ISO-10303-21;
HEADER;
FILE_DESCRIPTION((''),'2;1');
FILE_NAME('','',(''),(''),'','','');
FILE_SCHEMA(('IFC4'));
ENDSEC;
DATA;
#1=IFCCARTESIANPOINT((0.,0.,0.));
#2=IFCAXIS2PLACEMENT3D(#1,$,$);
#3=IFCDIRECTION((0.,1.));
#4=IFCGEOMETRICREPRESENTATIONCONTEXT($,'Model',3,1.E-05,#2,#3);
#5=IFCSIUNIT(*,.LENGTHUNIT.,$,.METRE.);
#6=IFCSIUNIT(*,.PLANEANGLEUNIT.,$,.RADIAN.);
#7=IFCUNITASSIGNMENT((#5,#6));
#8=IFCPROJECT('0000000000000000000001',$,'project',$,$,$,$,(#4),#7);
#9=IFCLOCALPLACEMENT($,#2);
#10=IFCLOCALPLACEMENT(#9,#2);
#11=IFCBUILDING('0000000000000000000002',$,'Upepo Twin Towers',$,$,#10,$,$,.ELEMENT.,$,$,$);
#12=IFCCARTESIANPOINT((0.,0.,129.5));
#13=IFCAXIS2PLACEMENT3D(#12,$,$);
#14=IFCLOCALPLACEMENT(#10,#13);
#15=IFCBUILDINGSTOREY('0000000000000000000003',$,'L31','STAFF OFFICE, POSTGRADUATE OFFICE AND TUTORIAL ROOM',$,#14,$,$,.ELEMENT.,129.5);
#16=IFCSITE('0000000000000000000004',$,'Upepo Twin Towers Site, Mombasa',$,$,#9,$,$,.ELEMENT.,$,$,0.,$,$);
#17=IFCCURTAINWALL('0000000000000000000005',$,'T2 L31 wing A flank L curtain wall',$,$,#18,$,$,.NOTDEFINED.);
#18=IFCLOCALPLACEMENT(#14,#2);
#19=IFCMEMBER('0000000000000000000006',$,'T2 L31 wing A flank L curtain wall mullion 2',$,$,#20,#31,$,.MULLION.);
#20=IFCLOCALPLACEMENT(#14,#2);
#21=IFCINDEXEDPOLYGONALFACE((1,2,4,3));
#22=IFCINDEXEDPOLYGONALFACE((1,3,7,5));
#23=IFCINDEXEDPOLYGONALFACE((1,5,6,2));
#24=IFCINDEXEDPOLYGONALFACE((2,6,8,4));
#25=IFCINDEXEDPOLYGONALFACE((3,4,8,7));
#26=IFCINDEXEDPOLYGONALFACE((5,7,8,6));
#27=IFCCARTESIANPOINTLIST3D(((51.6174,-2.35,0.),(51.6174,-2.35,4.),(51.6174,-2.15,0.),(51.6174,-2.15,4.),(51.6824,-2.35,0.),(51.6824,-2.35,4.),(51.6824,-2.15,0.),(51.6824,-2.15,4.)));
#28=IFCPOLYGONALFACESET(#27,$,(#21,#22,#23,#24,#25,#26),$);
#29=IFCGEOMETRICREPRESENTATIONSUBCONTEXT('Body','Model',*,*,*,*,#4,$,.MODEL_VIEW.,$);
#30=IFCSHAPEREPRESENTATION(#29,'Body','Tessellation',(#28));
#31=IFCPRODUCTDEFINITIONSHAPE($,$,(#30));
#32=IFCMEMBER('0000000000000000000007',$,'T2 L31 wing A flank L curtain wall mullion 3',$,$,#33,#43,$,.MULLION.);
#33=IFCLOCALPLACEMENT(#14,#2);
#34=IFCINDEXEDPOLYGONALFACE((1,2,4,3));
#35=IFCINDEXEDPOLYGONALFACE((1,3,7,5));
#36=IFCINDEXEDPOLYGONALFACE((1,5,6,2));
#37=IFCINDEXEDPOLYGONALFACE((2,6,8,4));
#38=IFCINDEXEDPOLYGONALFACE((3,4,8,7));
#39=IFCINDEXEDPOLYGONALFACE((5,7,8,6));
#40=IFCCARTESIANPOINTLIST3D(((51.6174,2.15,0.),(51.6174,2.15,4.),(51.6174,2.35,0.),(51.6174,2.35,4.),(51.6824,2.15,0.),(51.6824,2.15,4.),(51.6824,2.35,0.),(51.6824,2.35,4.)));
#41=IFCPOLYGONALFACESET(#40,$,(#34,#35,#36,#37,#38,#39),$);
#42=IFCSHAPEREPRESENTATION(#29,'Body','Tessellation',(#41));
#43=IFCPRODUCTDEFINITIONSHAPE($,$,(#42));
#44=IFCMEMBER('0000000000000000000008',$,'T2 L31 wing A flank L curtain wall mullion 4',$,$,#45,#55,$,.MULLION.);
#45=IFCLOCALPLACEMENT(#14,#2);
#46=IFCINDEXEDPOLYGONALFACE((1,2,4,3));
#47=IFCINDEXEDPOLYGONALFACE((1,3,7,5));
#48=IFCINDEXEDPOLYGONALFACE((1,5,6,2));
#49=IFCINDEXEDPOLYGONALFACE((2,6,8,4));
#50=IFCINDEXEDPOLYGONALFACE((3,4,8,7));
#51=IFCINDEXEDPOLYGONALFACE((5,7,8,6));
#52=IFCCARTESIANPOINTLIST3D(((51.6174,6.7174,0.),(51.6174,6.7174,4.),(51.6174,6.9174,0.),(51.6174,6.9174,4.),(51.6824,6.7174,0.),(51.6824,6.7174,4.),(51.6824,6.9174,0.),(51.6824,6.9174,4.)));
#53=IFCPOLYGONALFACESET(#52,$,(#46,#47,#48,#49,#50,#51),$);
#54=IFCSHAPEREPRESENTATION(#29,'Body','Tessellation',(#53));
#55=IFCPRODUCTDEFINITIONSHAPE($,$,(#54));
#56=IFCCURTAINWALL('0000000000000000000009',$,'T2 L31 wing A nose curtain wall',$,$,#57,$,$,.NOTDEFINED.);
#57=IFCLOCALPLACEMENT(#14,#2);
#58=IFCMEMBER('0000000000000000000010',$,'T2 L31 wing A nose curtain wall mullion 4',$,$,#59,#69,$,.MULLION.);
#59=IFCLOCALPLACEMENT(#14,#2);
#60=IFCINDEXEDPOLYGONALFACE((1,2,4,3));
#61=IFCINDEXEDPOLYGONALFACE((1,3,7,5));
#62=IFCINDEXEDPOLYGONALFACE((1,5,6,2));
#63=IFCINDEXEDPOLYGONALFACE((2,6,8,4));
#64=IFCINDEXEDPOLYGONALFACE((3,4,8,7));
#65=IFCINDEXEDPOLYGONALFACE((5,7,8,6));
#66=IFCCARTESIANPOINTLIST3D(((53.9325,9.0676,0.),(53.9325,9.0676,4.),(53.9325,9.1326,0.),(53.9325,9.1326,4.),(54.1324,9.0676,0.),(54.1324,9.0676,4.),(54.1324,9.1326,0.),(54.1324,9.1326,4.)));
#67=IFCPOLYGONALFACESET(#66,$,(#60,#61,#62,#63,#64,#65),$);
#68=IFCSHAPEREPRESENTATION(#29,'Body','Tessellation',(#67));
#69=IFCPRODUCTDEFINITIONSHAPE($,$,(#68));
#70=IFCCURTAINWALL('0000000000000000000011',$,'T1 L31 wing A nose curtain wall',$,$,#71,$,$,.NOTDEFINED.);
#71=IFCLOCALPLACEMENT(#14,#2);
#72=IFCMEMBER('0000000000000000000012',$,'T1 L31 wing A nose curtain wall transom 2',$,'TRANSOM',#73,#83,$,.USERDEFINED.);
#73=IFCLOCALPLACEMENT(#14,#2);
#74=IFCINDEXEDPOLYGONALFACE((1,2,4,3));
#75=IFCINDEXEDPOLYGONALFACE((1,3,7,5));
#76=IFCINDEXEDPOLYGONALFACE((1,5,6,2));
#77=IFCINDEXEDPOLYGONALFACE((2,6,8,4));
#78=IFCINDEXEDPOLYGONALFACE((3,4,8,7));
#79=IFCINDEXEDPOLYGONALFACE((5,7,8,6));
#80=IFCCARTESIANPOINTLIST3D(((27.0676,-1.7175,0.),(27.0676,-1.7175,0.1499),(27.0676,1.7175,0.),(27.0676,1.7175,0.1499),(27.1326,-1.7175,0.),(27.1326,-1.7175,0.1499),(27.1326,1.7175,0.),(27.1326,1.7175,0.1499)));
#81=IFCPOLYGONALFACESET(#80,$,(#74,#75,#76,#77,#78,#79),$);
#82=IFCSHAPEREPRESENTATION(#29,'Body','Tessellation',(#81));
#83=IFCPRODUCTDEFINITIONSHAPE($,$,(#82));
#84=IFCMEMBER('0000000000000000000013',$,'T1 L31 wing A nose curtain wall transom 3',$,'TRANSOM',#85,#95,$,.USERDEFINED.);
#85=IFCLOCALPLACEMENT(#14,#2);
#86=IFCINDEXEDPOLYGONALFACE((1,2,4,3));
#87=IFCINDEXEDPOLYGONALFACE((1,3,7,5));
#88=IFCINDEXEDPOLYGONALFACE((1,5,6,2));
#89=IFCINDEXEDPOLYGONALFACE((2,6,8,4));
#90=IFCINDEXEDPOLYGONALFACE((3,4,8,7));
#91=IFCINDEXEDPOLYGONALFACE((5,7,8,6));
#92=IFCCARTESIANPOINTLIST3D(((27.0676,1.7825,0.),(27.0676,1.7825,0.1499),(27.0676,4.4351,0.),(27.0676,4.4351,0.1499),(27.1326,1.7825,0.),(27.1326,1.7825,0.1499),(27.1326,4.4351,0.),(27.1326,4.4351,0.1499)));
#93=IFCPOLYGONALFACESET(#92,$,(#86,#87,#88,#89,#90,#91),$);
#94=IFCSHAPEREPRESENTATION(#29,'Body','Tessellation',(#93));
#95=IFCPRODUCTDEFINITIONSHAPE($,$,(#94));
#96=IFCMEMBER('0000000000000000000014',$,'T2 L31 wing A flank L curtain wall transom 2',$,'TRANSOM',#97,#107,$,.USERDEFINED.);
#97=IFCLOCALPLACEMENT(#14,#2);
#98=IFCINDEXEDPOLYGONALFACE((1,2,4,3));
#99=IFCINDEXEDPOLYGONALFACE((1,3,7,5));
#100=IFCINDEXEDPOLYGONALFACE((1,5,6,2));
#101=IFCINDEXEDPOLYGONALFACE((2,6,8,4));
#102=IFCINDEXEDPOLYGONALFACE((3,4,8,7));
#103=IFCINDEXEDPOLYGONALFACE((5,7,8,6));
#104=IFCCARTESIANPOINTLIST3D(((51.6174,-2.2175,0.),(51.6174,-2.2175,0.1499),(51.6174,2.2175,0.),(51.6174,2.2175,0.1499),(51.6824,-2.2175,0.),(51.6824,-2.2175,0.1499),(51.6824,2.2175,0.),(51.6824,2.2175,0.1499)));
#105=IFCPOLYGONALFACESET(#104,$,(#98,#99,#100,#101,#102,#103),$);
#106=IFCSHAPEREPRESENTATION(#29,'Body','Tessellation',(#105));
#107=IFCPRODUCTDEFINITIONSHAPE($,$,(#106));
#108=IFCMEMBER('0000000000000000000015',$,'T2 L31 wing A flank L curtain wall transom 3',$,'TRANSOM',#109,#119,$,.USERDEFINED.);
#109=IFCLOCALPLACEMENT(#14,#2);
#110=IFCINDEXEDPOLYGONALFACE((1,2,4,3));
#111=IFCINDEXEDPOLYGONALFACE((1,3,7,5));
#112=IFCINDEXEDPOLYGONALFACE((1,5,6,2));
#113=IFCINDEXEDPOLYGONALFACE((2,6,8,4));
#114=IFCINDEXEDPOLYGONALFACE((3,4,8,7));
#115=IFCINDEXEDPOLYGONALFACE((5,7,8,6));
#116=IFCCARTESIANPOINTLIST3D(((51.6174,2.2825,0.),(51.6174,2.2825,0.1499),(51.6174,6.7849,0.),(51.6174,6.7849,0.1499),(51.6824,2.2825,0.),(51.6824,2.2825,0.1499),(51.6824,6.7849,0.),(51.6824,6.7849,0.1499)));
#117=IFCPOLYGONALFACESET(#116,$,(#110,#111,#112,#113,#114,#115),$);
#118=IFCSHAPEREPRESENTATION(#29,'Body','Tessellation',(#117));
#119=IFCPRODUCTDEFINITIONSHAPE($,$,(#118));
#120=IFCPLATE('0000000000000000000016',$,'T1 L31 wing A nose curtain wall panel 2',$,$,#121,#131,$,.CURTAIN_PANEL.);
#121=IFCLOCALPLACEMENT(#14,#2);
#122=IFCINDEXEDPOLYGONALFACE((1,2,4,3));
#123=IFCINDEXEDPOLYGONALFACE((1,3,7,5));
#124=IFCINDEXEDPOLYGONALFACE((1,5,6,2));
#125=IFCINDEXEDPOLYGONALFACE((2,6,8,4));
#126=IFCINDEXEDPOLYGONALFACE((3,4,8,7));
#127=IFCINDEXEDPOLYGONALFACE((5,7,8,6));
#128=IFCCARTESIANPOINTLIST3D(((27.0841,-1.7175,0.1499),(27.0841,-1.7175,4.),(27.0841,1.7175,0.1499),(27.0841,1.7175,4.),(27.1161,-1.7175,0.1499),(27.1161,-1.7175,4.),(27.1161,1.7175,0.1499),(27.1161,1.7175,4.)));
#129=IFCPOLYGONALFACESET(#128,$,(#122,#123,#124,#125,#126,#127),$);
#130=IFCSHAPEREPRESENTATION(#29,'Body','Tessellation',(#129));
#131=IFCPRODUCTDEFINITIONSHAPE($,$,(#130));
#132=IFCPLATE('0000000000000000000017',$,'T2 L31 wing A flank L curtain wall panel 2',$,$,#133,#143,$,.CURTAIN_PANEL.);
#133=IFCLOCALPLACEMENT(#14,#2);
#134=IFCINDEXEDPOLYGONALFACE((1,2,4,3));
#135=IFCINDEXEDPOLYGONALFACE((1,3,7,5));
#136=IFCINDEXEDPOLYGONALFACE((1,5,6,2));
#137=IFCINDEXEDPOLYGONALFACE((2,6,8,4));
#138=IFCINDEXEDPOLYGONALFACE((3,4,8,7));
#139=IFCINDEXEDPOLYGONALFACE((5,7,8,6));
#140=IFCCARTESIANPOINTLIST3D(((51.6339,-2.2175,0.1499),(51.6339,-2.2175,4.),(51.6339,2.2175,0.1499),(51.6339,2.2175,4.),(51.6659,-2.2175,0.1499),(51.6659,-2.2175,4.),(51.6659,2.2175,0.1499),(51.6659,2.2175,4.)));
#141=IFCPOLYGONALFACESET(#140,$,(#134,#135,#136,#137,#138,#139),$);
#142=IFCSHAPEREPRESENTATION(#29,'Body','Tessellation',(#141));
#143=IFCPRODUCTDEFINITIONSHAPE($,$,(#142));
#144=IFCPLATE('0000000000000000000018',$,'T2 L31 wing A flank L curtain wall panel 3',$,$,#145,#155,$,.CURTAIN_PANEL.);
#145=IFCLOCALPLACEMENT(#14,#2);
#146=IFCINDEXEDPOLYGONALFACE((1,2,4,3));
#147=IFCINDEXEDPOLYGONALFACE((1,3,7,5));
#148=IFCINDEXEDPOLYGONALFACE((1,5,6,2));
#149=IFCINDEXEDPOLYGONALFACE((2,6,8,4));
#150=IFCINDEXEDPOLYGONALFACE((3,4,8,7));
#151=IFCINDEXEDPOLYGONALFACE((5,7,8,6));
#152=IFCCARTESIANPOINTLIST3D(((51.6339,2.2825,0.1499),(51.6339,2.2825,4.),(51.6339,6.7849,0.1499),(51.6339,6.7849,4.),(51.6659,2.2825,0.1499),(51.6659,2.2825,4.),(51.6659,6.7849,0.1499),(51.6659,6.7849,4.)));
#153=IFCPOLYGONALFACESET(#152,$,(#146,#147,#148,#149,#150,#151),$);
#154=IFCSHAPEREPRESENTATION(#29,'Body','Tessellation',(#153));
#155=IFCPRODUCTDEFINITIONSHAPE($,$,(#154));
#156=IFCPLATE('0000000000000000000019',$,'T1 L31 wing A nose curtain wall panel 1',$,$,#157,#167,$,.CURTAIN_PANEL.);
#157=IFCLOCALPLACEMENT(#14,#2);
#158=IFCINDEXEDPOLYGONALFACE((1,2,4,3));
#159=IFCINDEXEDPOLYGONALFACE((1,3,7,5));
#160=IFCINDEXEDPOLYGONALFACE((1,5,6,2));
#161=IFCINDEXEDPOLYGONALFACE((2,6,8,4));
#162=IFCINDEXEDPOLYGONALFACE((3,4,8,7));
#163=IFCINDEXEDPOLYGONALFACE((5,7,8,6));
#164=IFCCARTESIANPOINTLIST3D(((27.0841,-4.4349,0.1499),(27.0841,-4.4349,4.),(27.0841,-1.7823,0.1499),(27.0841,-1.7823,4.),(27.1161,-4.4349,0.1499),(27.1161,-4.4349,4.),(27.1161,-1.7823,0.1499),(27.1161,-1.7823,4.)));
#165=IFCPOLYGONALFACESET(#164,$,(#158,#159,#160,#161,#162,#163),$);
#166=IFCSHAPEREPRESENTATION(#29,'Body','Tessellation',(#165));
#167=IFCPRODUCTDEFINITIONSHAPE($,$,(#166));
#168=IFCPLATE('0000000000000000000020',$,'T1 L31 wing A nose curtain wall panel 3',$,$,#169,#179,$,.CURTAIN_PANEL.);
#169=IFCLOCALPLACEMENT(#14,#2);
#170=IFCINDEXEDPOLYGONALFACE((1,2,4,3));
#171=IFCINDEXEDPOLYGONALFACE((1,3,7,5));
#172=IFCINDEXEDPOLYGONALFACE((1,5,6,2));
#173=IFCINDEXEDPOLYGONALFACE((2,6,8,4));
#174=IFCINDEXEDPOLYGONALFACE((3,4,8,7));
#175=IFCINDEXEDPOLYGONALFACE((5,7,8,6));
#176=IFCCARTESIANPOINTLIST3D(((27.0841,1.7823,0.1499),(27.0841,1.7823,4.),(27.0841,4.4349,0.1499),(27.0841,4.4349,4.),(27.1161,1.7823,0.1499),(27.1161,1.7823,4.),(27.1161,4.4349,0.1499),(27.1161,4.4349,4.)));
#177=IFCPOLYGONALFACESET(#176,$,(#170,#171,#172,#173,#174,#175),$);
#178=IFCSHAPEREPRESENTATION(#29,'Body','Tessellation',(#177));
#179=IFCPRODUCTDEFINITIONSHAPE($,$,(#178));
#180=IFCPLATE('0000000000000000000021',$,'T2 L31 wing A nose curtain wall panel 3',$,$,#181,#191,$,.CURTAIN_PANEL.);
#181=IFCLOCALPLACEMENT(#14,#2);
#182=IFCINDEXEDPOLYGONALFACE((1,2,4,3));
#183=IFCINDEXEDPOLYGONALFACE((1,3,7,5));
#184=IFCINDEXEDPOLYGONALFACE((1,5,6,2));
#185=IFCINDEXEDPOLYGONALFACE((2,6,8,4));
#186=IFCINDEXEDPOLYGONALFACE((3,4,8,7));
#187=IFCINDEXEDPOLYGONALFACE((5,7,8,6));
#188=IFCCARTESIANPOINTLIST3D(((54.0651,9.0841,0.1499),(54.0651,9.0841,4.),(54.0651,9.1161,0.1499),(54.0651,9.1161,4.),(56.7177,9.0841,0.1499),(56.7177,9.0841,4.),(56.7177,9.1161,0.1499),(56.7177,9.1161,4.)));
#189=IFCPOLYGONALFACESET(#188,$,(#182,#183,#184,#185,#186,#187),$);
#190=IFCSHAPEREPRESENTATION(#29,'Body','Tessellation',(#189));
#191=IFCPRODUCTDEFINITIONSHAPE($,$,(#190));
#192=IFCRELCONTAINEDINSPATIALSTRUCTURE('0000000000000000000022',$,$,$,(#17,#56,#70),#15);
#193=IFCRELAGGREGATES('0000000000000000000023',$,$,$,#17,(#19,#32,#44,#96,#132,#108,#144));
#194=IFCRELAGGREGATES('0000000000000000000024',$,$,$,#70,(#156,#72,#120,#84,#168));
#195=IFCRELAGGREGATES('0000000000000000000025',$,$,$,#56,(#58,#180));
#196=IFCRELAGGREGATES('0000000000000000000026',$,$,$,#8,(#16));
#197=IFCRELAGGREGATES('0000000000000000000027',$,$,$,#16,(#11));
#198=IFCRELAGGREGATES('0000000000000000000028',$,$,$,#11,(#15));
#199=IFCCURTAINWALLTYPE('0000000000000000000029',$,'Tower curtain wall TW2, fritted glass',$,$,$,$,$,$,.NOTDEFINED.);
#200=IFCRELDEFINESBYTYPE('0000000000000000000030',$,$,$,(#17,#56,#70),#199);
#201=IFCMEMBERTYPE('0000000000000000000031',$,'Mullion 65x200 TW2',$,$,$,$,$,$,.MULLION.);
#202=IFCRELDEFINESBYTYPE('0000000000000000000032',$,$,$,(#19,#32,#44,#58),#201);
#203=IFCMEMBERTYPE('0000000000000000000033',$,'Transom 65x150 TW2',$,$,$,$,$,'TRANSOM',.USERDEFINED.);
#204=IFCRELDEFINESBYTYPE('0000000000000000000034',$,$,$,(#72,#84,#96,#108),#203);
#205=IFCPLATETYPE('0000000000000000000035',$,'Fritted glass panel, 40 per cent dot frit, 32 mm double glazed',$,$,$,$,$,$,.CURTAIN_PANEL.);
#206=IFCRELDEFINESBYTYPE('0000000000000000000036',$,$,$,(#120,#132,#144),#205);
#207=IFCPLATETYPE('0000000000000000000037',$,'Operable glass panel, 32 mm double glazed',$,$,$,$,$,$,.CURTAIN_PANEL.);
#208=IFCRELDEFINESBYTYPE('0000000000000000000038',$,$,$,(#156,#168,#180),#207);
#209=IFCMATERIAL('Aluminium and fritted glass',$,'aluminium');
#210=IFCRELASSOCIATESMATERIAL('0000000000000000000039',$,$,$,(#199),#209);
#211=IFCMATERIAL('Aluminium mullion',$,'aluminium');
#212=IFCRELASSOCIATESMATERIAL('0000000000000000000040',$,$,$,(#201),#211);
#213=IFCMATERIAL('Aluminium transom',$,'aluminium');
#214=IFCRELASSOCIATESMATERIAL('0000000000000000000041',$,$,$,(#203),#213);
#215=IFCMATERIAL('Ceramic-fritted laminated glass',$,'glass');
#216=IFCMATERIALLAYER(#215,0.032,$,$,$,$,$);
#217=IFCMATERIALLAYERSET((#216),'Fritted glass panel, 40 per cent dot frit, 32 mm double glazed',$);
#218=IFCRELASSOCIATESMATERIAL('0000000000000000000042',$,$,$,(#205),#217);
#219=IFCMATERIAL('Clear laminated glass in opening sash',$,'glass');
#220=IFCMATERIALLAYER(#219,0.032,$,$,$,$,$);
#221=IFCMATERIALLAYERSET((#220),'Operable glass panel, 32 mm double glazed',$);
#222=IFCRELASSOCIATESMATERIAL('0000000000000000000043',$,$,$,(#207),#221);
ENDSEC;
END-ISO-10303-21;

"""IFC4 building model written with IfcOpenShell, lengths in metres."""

from ifc_helpers import new_model, si_unit, direction, frame, origin, origin_2d, place, context, subcontext, project, spatial, rectangle, extrude, material, layer, layer_set, material_profile, profile_set, type_object, element, aggregate, save


model = new_model("IFC4")

# Units and contexts
model_context = context("Model", 3, precision=1e-05, world=origin(), true_north=direction((0.0, 1.0)))
body_context = subcontext(model_context, "Body", "Model", "MODEL_VIEW")
ifc_project = project(units=[si_unit("LENGTHUNIT", "METRE"), si_unit("PLANEANGLEUNIT", "RADIAN")], contexts=[model_context])

# Site, building, storey
site_placement = place(None, origin())
site = spatial("IfcSite", under=ifc_project, at=site_placement, Name="Upepo Twin Towers Site, Mombasa", CompositionType="ELEMENT", RefElevation=0.0)
building_placement = place(site_placement, origin())
building = spatial("IfcBuilding", under=site, at=building_placement, Name="Upepo Twin Towers", CompositionType="ELEMENT")
storey_placement = place(building_placement, frame((0.0, 0.0, 129.5)))
storey = spatial("IfcBuildingStorey", under=building, at=storey_placement, Name="L31", Description="STAFF OFFICE, POSTGRADUATE OFFICE AND TUTORIAL ROOM", CompositionType="ELEMENT", Elevation=129.5)

# Curtain wall, members
ifc_material_1 = material(Name="Aluminium and fritted glass", Category="aluminium")
curtain_wall_type = type_object("IfcCurtainWallType", Name="Tower curtain wall TW2, fritted glass", PredefinedType="NOTDEFINED", material=ifc_material_1)
curtain_wall_1_placement = place(storey_placement, origin())
curtain_wall_1 = element("IfcCurtainWall", 1, at=curtain_wall_1_placement, inside=storey, type_object=curtain_wall_type, Name="T2 L31 wing A flank L curtain wall", PredefinedType="NOTDEFINED")
ifc_material_2 = material(Name="Aluminium mullion", Category="aluminium")
ifc_material_profile_1 = material_profile(ifc_material_2, rectangle(XDim=0.0649, YDim=0.2, at=origin_2d()), Name="MULLION 65x200")
ifc_profile_set_1 = profile_set([ifc_material_profile_1], Name="Aluminium mullion")
member_type_1 = type_object("IfcMemberType", Name="Mullion 65x200 TW2", PredefinedType="MULLION", material=ifc_profile_set_1)
member_1_placement = place(storey_placement, frame((51.6499, -2.25, 0.0), z_axis=(0.0, 0.0, 1.0), x_axis=(-1.0, 0.0, 0.0)))
member_1 = element("IfcMember", 2, at=member_1_placement, type_object=member_type_1, Name="T2 L31 wing A flank L curtain wall mullion 2", PredefinedType="MULLION", context=body_context, shape_type="SweptSolid", body=[
    extrude(rectangle(XDim=0.0649, YDim=0.2, at=origin_2d()), origin(), (0.0, 0.0, 1.0), 4.0),
])
member_2_placement = place(storey_placement, frame((51.6499, 2.25, 0.0), z_axis=(0.0, 0.0, 1.0), x_axis=(-1.0, 0.0, 0.0)))
member_2 = element("IfcMember", 3, at=member_2_placement, type_object=member_type_1, Name="T2 L31 wing A flank L curtain wall mullion 3", PredefinedType="MULLION", context=body_context, shape_type="SweptSolid", body=[
    extrude(rectangle(XDim=0.0649, YDim=0.2, at=origin_2d()), origin(), (0.0, 0.0, 1.0), 4.0),
])
member_3_placement = place(storey_placement, frame((51.6499, 6.8174, 0.0), z_axis=(0.0, 0.0, 1.0), x_axis=(-1.0, 0.0, 0.0)))
member_3 = element("IfcMember", 4, at=member_3_placement, type_object=member_type_1, Name="T2 L31 wing A flank L curtain wall mullion 4", PredefinedType="MULLION", context=body_context, shape_type="SweptSolid", body=[
    extrude(rectangle(XDim=0.0649, YDim=0.2, at=origin_2d()), origin(), (0.0, 0.0, 1.0), 4.0),
])

# Curtain wall, member
curtain_wall_2_placement = place(storey_placement, origin())
curtain_wall_2 = element("IfcCurtainWall", 5, at=curtain_wall_2_placement, inside=storey, type_object=curtain_wall_type, Name="T2 L31 wing A nose curtain wall", PredefinedType="NOTDEFINED")
member_4_placement = place(storey_placement, frame((54.0325, 9.1001, 0.0), z_axis=(0.0, 0.0, 1.0), x_axis=(0.0, -1.0, 0.0)))
member_4 = element("IfcMember", 6, at=member_4_placement, type_object=member_type_1, Name="T2 L31 wing A nose curtain wall mullion 4", PredefinedType="MULLION", context=body_context, shape_type="SweptSolid", body=[
    extrude(rectangle(XDim=0.0649, YDim=0.2, at=origin_2d()), origin(), (0.0, 0.0, 1.0), 4.0),
])

# Curtain wall, members
curtain_wall_3_placement = place(storey_placement, origin())
curtain_wall_3 = element("IfcCurtainWall", 7, at=curtain_wall_3_placement, inside=storey, type_object=curtain_wall_type, Name="T1 L31 wing A nose curtain wall", PredefinedType="NOTDEFINED")
ifc_material_3 = material(Name="Aluminium transom", Category="aluminium")
ifc_material_profile_2 = material_profile(ifc_material_3, rectangle(XDim=0.0649, YDim=0.1499, at=origin_2d()), Name="TRANSOM 65x150")
ifc_profile_set_2 = profile_set([ifc_material_profile_2], Name="Aluminium transom")
member_type_2 = type_object("IfcMemberType", Name="Transom 65x150 TW2", ElementType="TRANSOM", PredefinedType="USERDEFINED", material=ifc_profile_set_2)
member_5_placement = place(storey_placement, frame((27.1001, -1.7175, 0.075), z_axis=(0.0, 1.0, 0.0), x_axis=(-1.0, 0.0, 0.0)))
member_5 = element("IfcMember", 8, at=member_5_placement, type_object=member_type_2, Name="T1 L31 wing A nose curtain wall transom 2", ObjectType="TRANSOM", PredefinedType="USERDEFINED", context=body_context, shape_type="SweptSolid", body=[
    extrude(rectangle(XDim=0.0649, YDim=0.1499, at=origin_2d()), origin(), (0.0, 0.0, 1.0), 3.4351),
])
member_6_placement = place(storey_placement, frame((27.1001, 1.7825, 0.075), z_axis=(0.0, 1.0, 0.0), x_axis=(-1.0, 0.0, 0.0)))
member_6 = element("IfcMember", 9, at=member_6_placement, type_object=member_type_2, Name="T1 L31 wing A nose curtain wall transom 3", ObjectType="TRANSOM", PredefinedType="USERDEFINED", context=body_context, shape_type="SweptSolid", body=[
    extrude(rectangle(XDim=0.0649, YDim=0.1499, at=origin_2d()), origin(), (0.0, 0.0, 1.0), 2.6526),
])

# Members
member_7_placement = place(storey_placement, frame((51.6499, -2.2175, 0.075), z_axis=(0.0, 1.0, 0.0), x_axis=(-1.0, 0.0, 0.0)))
member_7 = element("IfcMember", 10, at=member_7_placement, type_object=member_type_2, Name="T2 L31 wing A flank L curtain wall transom 2", ObjectType="TRANSOM", PredefinedType="USERDEFINED", context=body_context, shape_type="SweptSolid", body=[
    extrude(rectangle(XDim=0.0649, YDim=0.1499, at=origin_2d()), origin(), (0.0, 0.0, 1.0), 4.4351),
])
member_8_placement = place(storey_placement, frame((51.6499, 2.2825, 0.075), z_axis=(0.0, 1.0, 0.0), x_axis=(-1.0, 0.0, 0.0)))
member_8 = element("IfcMember", 11, at=member_8_placement, type_object=member_type_2, Name="T2 L31 wing A flank L curtain wall transom 3", ObjectType="TRANSOM", PredefinedType="USERDEFINED", context=body_context, shape_type="SweptSolid", body=[
    extrude(rectangle(XDim=0.0649, YDim=0.1499, at=origin_2d()), origin(), (0.0, 0.0, 1.0), 4.5024),
])

# Plates
ifc_material_4 = material(Name="Ceramic-fritted laminated glass", Category="glass")
ifc_layer_1 = layer(ifc_material_4, 0.032)
ifc_layer_set_1 = layer_set([ifc_layer_1], Name="Fritted glass panel, 40 per cent dot frit, 32 mm double glazed")
plate_type_1 = type_object("IfcPlateType", Name="Fritted glass panel, 40 per cent dot frit, 32 mm double glazed", PredefinedType="CURTAIN_PANEL", material=ifc_layer_set_1)
plate_1_placement = place(storey_placement, frame((27.1001, 0.0, 0.1499), z_axis=(0.0, 0.0, 1.0), x_axis=(0.0, 1.0, 0.0)))
plate_1 = element("IfcPlate", 12, at=plate_1_placement, type_object=plate_type_1, Name="T1 L31 wing A nose curtain wall panel 2", PredefinedType="CURTAIN_PANEL", context=body_context, shape_type="SweptSolid", body=[
    extrude(rectangle(XDim=3.4351, YDim=0.032, at=origin_2d()), origin(), (0.0, 0.0, 1.0), 3.8501),
])
plate_2_placement = place(storey_placement, frame((51.6499, 0.0, 0.1499), z_axis=(0.0, 0.0, 1.0), x_axis=(0.0, 1.0, 0.0)))
plate_2 = element("IfcPlate", 13, at=plate_2_placement, type_object=plate_type_1, Name="T2 L31 wing A flank L curtain wall panel 2", PredefinedType="CURTAIN_PANEL", context=body_context, shape_type="SweptSolid", body=[
    extrude(rectangle(XDim=4.4351, YDim=0.032, at=origin_2d()), origin(), (0.0, 0.0, 1.0), 3.8501),
])
plate_3_placement = place(storey_placement, frame((51.6499, 4.5337, 0.1499), z_axis=(0.0, 0.0, 1.0), x_axis=(0.0, 1.0, 0.0)))
plate_3 = element("IfcPlate", 14, at=plate_3_placement, type_object=plate_type_1, Name="T2 L31 wing A flank L curtain wall panel 3", PredefinedType="CURTAIN_PANEL", context=body_context, shape_type="SweptSolid", body=[
    extrude(rectangle(XDim=4.5024, YDim=0.032, at=origin_2d()), origin(), (0.0, 0.0, 1.0), 3.8501),
])
aggregate(curtain_wall_1, [member_1, member_2, member_3, member_7, plate_2, member_8, plate_3])
ifc_material_5 = material(Name="Clear laminated glass in opening sash", Category="glass")
ifc_layer_2 = layer(ifc_material_5, 0.032)
ifc_layer_set_2 = layer_set([ifc_layer_2], Name="Operable glass panel, 32 mm double glazed")
plate_type_2 = type_object("IfcPlateType", Name="Operable glass panel, 32 mm double glazed", PredefinedType="CURTAIN_PANEL", material=ifc_layer_set_2)
plate_4_placement = place(storey_placement, frame((27.1001, -3.1086, 0.1499), z_axis=(0.0, 0.0, 1.0), x_axis=(0.0, 1.0, 0.0)))
plate_4 = element("IfcPlate", 15, at=plate_4_placement, type_object=plate_type_2, Name="T1 L31 wing A nose curtain wall panel 1", PredefinedType="CURTAIN_PANEL", context=body_context, shape_type="SweptSolid", body=[
    extrude(rectangle(XDim=2.6526, YDim=0.032, at=origin_2d()), origin(), (0.0, 0.0, 1.0), 3.8501),
])
plate_5_placement = place(storey_placement, frame((27.1001, 3.1086, 0.1499), z_axis=(0.0, 0.0, 1.0), x_axis=(0.0, 1.0, 0.0)))
plate_5 = element("IfcPlate", 16, at=plate_5_placement, type_object=plate_type_2, Name="T1 L31 wing A nose curtain wall panel 3", PredefinedType="CURTAIN_PANEL", context=body_context, shape_type="SweptSolid", body=[
    extrude(rectangle(XDim=2.6526, YDim=0.032, at=origin_2d()), origin(), (0.0, 0.0, 1.0), 3.8501),
])
aggregate(curtain_wall_3, [plate_4, member_5, plate_1, member_6, plate_5])
plate_6_placement = place(storey_placement, frame((55.3914, 9.1001, 0.1499), z_axis=(0.0, 0.0, 1.0), x_axis=(-1.0, 0.0, 0.0)))
plate_6 = element("IfcPlate", 17, at=plate_6_placement, type_object=plate_type_2, Name="T2 L31 wing A nose curtain wall panel 3", PredefinedType="CURTAIN_PANEL", context=body_context, shape_type="SweptSolid", body=[
    extrude(rectangle(XDim=2.6526, YDim=0.032, at=origin_2d()), origin(), (0.0, 0.0, 1.0), 3.8501),
])
aggregate(curtain_wall_2, [member_4, plate_6])

save(model, "model.ifc")
